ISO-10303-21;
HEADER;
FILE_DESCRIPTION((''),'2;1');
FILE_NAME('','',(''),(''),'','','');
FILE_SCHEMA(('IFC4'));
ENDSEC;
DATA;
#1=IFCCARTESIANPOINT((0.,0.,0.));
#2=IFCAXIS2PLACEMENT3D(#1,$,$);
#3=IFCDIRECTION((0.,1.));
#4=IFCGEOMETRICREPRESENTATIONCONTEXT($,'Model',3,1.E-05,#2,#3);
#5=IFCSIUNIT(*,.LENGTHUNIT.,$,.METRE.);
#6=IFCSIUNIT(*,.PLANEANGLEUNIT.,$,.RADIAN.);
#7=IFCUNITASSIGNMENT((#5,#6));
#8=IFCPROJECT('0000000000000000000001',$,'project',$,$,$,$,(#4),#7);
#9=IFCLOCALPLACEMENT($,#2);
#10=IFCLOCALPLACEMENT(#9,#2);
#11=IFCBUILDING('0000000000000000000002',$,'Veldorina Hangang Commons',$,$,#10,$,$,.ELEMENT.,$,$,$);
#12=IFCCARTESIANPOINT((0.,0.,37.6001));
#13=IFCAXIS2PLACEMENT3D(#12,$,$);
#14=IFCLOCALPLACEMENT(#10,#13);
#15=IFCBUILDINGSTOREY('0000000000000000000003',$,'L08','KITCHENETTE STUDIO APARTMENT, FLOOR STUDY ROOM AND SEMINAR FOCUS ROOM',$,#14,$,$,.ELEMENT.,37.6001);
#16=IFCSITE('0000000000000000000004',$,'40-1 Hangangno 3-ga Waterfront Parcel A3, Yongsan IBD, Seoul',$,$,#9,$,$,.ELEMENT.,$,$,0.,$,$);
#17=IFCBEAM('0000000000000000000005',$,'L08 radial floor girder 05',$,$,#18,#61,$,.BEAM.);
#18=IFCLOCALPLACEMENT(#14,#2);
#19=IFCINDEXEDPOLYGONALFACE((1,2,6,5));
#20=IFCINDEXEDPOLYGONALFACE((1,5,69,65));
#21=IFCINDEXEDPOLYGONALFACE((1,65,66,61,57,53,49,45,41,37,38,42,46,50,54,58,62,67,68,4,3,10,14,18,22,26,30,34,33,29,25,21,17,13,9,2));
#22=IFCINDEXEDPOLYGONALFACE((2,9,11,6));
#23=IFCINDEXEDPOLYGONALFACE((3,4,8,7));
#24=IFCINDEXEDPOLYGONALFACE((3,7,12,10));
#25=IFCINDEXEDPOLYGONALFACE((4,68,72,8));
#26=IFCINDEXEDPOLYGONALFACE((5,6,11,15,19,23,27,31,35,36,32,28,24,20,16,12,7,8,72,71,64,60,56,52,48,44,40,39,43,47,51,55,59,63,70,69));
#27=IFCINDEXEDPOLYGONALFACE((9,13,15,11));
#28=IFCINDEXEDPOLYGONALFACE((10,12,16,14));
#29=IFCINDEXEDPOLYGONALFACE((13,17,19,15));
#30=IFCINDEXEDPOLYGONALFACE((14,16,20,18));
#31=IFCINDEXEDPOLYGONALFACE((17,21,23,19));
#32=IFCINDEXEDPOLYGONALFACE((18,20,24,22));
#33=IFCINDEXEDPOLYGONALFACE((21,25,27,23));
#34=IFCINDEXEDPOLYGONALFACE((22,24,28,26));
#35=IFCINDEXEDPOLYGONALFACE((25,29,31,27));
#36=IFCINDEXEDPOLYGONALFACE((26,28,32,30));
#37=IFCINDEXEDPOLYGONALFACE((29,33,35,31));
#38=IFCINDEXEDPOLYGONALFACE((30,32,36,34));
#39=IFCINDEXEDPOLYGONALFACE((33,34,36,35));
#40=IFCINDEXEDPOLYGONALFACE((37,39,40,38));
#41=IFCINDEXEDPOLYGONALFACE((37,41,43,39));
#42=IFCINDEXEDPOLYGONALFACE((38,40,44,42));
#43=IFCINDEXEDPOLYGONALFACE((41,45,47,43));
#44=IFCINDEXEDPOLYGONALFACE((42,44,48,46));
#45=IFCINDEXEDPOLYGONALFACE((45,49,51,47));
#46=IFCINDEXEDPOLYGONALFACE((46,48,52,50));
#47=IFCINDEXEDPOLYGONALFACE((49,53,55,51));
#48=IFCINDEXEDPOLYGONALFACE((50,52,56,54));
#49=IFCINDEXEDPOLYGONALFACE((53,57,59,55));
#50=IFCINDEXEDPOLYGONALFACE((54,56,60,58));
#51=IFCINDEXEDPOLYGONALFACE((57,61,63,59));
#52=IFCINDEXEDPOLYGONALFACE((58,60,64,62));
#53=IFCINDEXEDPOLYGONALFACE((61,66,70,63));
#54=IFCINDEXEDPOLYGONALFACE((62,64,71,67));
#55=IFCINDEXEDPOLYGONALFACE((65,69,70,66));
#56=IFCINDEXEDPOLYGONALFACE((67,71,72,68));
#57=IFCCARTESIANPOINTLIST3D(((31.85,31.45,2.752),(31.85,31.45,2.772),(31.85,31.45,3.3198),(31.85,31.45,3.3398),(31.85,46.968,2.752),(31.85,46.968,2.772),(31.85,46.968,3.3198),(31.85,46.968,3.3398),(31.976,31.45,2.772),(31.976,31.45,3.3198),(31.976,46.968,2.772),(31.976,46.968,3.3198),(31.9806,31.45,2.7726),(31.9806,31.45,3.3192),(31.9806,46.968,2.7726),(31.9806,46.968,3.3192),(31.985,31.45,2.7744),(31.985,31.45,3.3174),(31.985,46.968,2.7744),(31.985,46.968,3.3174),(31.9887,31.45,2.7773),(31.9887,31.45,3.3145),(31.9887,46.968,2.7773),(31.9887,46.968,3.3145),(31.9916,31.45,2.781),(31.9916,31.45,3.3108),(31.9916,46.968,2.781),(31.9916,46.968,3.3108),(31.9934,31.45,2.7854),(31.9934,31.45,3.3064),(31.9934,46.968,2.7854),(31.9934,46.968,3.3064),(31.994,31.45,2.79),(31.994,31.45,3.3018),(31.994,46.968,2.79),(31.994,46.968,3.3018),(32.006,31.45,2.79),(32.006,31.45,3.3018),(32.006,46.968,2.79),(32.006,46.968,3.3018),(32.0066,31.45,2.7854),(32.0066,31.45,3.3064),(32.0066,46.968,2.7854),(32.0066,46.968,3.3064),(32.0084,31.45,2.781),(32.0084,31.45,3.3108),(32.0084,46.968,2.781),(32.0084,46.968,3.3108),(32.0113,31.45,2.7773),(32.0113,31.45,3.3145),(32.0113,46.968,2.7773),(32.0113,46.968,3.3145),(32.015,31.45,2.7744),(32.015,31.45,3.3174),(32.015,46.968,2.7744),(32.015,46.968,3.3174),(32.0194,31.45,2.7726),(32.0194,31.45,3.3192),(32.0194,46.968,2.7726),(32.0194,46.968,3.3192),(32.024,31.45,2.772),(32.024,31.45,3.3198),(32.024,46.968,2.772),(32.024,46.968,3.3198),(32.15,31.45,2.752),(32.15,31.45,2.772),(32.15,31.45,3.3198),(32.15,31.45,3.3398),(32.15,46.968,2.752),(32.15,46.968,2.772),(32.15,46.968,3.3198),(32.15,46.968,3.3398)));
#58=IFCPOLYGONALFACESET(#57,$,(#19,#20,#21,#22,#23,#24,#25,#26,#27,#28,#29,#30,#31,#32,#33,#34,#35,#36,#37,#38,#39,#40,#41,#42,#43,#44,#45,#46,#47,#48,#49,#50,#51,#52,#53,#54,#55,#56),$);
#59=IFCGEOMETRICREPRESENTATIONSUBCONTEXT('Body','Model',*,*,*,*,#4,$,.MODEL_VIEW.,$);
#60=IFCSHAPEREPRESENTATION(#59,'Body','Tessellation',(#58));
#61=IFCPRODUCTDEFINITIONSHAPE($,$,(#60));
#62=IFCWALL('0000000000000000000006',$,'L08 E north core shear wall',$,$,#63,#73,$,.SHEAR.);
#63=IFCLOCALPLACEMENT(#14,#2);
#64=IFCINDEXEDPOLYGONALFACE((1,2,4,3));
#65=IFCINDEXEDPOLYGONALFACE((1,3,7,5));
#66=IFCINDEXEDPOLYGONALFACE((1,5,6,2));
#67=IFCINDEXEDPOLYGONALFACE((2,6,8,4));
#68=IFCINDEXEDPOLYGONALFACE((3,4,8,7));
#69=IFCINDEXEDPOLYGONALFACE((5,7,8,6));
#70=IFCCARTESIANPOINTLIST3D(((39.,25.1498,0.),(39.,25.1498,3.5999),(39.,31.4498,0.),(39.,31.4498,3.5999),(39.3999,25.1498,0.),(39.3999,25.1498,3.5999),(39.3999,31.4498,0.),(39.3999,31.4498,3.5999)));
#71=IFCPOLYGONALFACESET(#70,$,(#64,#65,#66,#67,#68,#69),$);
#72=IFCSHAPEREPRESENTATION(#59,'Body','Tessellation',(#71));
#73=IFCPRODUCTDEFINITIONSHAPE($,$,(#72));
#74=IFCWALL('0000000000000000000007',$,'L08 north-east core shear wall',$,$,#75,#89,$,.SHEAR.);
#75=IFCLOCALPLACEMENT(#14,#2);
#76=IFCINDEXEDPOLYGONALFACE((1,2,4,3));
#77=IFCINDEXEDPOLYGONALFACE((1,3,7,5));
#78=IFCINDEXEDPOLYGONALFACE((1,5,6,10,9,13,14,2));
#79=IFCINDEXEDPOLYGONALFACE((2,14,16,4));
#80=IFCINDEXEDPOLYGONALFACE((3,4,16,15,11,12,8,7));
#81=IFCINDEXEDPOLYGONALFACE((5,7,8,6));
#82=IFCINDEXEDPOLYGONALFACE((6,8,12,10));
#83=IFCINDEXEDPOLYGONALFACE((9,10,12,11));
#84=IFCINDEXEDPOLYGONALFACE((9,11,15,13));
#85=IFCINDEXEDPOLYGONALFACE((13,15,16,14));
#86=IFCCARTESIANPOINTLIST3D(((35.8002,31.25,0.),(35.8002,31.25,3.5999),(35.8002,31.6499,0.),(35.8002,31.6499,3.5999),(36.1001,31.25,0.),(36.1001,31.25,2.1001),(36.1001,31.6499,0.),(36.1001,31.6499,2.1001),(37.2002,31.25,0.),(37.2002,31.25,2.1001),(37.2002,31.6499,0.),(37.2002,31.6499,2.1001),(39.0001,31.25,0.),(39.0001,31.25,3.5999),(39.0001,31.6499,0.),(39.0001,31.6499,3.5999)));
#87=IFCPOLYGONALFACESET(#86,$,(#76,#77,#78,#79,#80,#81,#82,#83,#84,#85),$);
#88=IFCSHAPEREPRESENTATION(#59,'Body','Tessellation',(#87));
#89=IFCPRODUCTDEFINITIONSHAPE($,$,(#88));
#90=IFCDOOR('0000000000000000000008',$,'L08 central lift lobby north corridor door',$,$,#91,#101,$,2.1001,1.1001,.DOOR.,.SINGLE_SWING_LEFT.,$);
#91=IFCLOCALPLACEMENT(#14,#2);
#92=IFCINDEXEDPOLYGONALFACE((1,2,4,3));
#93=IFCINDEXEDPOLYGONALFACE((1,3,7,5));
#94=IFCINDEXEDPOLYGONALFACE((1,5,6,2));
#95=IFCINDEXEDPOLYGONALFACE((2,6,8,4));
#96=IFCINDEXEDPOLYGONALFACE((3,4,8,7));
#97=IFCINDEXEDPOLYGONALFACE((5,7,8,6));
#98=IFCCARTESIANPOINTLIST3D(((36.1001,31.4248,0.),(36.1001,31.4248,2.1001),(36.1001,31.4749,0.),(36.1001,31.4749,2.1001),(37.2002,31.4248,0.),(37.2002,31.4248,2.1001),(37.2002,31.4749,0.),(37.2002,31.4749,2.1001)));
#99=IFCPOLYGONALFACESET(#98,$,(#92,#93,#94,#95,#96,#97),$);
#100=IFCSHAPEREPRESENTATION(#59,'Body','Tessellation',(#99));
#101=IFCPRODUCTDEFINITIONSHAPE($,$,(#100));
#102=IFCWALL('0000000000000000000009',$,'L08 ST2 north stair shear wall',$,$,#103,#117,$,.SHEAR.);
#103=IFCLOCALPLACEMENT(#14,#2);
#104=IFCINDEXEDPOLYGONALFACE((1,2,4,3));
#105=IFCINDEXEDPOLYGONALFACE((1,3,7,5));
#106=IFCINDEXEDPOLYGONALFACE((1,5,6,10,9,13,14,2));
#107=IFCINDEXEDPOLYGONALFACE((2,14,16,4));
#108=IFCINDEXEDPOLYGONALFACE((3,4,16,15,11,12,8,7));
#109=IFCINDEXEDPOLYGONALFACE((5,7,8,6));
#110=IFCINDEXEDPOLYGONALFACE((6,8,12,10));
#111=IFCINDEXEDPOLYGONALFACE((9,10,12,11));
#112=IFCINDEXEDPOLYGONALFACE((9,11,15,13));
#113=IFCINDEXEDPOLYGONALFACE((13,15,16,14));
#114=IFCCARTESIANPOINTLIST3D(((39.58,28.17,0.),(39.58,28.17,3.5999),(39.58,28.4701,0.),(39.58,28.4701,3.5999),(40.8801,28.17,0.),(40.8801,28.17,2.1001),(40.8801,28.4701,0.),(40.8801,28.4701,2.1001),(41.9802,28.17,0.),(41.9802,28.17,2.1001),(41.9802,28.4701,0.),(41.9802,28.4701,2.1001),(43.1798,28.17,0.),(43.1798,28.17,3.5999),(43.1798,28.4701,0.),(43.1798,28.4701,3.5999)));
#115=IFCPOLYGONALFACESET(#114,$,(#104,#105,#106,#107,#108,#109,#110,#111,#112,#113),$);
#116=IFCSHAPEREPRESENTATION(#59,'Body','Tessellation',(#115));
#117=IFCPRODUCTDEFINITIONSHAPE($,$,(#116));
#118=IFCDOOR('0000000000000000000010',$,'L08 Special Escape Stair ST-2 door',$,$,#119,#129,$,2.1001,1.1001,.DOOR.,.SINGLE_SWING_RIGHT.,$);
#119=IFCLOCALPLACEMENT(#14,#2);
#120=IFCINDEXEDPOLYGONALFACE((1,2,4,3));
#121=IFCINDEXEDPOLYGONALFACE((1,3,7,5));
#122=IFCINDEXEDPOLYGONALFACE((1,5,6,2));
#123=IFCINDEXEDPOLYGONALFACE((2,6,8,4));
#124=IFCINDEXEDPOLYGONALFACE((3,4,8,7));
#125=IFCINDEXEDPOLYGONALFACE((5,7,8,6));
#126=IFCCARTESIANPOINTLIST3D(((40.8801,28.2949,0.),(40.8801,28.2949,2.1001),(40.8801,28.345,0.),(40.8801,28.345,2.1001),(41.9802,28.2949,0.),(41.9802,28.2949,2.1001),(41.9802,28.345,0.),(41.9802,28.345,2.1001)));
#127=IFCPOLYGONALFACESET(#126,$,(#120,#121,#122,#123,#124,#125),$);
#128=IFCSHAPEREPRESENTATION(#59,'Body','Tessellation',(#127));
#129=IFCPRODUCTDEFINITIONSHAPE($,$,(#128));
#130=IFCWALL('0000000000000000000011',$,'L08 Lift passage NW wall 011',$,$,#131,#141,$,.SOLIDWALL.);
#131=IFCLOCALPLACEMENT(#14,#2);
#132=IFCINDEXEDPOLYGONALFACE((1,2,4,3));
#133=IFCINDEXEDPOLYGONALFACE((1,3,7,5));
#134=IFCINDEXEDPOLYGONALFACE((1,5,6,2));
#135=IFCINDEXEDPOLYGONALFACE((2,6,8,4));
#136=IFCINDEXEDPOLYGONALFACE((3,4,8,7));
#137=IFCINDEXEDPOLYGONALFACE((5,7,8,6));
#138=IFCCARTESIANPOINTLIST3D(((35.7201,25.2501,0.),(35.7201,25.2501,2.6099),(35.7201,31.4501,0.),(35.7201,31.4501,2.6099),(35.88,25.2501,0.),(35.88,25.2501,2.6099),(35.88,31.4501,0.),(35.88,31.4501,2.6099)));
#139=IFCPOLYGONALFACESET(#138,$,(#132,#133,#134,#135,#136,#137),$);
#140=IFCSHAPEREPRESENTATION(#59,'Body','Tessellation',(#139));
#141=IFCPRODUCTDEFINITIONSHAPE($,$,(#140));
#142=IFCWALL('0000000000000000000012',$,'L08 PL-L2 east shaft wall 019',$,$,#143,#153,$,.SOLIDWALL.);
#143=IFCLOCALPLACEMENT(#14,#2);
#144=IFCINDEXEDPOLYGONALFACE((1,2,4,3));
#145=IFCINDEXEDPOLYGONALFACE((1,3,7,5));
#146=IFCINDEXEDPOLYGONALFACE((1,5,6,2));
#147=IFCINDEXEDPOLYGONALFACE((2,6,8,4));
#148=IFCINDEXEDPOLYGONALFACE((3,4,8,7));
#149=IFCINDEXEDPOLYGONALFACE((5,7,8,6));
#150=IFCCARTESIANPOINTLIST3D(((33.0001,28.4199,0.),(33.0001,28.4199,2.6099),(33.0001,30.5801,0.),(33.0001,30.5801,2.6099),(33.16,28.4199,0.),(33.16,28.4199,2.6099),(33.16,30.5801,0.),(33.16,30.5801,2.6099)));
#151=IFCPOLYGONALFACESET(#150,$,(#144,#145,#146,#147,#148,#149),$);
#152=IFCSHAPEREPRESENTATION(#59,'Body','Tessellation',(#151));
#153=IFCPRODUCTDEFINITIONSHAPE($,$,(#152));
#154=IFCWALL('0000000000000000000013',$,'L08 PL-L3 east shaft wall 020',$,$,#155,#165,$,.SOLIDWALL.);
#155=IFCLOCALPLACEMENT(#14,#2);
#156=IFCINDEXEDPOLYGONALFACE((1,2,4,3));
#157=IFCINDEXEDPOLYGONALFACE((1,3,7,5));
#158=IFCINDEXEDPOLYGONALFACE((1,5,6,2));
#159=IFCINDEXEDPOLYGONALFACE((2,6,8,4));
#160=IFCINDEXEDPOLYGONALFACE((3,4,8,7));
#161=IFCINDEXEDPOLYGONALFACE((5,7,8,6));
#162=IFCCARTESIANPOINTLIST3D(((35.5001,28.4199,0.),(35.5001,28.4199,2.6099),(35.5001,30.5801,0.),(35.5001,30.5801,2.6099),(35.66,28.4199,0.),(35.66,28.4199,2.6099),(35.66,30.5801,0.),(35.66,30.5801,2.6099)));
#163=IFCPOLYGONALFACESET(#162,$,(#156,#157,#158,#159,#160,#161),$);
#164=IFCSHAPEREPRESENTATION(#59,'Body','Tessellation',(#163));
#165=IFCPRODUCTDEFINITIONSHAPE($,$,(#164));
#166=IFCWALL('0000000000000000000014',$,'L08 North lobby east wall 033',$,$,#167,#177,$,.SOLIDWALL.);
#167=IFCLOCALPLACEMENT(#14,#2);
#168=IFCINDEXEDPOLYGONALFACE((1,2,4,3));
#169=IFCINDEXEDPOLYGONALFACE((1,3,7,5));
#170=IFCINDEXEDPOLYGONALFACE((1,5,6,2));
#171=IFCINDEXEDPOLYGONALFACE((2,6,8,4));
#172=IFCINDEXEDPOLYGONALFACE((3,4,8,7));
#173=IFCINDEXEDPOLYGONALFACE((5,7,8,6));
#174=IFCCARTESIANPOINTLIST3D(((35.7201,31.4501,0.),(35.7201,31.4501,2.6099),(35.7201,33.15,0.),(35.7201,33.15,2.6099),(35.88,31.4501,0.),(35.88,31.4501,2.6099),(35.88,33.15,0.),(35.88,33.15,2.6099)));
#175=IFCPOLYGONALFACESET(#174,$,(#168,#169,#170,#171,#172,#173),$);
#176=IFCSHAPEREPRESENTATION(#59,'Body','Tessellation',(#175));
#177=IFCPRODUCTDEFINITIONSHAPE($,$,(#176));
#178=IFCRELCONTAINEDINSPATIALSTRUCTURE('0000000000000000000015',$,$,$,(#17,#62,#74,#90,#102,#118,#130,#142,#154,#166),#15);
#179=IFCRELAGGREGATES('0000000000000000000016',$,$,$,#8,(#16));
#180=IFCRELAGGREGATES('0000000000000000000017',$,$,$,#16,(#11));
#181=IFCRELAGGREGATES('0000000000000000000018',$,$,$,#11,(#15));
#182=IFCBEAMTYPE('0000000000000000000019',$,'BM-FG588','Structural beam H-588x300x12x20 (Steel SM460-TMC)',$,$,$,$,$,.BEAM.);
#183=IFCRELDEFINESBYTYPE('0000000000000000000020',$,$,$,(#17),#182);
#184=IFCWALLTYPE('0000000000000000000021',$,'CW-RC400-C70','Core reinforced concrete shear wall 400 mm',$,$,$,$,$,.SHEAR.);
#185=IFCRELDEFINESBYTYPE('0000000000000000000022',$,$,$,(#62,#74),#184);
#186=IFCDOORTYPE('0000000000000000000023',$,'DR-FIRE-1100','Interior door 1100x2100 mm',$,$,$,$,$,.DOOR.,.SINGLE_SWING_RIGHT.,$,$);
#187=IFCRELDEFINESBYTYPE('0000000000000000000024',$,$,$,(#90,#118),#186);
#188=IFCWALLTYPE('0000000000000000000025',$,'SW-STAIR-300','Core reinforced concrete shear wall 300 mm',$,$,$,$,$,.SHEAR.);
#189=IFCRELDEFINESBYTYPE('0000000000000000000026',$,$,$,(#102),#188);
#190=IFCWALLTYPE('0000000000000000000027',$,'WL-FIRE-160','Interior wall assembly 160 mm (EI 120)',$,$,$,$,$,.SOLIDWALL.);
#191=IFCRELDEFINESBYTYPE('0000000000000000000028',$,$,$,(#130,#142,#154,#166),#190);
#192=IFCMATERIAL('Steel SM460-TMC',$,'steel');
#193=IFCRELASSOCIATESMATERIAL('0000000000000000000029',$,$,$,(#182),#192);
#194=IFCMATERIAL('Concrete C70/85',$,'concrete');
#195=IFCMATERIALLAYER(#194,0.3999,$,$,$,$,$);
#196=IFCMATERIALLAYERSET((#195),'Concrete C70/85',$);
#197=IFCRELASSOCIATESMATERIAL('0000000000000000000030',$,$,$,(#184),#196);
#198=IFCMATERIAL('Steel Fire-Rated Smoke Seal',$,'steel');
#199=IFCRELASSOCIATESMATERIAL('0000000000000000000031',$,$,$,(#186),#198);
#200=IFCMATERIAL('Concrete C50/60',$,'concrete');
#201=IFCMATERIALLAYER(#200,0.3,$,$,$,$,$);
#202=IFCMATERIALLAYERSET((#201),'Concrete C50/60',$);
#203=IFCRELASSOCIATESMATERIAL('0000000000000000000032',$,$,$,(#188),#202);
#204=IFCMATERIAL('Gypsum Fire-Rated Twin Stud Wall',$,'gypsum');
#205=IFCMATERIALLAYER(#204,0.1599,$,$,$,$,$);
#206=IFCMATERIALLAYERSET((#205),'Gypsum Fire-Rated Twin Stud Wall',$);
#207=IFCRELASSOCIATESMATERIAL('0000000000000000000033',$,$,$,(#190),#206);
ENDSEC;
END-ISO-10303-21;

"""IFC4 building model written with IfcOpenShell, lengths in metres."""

from ifc_helpers import new_model, si_unit, direction, frame, frame_2d, origin, origin_2d, place, context, subcontext, project, spatial, rectangle, i_section, extrude, material, layer, layer_set, material_profile, profile_set, type_object, element, fill, save


model = new_model("IFC4")

# Units and contexts
model_context = context("Model", 3, precision=1e-05, world=origin(), true_north=direction((0.0, 1.0)))
body_context = subcontext(model_context, "Body", "Model", "MODEL_VIEW")
ifc_project = project(units=[si_unit("LENGTHUNIT", "METRE"), si_unit("PLANEANGLEUNIT", "RADIAN")], contexts=[model_context])

# Site, building, storey
site_placement = place(None, origin())
site = spatial("IfcSite", under=ifc_project, at=site_placement, Name="40-1 Hangangno 3-ga Waterfront Parcel A3, Yongsan IBD, Seoul", CompositionType="ELEMENT", RefElevation=0.0)
building_placement = place(site_placement, origin())
building = spatial("IfcBuilding", under=site, at=building_placement, Name="Veldorina Hangang Commons", CompositionType="ELEMENT")
storey_placement = place(building_placement, frame((0.0, 0.0, 37.6001)))
storey = spatial("IfcBuildingStorey", under=building, at=storey_placement, Name="L08", Description="KITCHENETTE STUDIO APARTMENT, FLOOR STUDY ROOM AND SEMINAR FOCUS ROOM", CompositionType="ELEMENT", Elevation=37.6001)

# Beam
ifc_material_1 = material(Name="Steel SM460-TMC", Category="steel")
ifc_material_profile = material_profile(ifc_material_1, i_section(OverallWidth=0.3, OverallDepth=0.5879, WebThickness=0.012, FlangeThickness=0.02, FilletRadius=0.0181, at=origin_2d()), Name="H-588x300x12x20")
ifc_profile_set = profile_set([ifc_material_profile], Name="Steel SM460-TMC")
beam_type = type_object("IfcBeamType", Name="BM-FG588", Description="Structural beam H-588x300x12x20 (Steel SM460-TMC)", PredefinedType="BEAM", material=ifc_profile_set)
beam_1_placement = place(storey_placement, frame((32.0, 31.45, 3.0459), z_axis=(0.0, 1.0, 0.0), x_axis=(-1.0, 0.0, 0.0)))
element("IfcBeam", 1, at=beam_1_placement, inside=storey, type_object=beam_type, Name="L08 radial floor girder 05", PredefinedType="BEAM", context=body_context, shape_type="SweptSolid", body=[
    extrude(i_section(OverallWidth=0.3, OverallDepth=0.5879, WebThickness=0.012, FlangeThickness=0.02, FilletRadius=0.0181, at=origin_2d()), origin(), (0.0, 0.0, 1.0), 15.5181),
])

# Wall
ifc_material_2 = material(Name="Concrete C70/85", Category="concrete")
ifc_layer_1 = layer(ifc_material_2, 0.3999)
ifc_layer_set_1 = layer_set([ifc_layer_1], Name="Concrete C70/85")
wall_type_1 = type_object("IfcWallType", Name="CW-RC400-C70", Description="Core reinforced concrete shear wall 400 mm", PredefinedType="SHEAR", material=ifc_layer_set_1)
wall_1_placement = place(storey_placement, frame((39.2, 25.1499, 0.0), z_axis=(0.0, 0.0, 1.0), x_axis=(0.0, 1.0, 0.0)))
element("IfcWall", 2, at=wall_1_placement, inside=storey, type_object=wall_type_1, Name="L08 E north core shear wall", PredefinedType="SHEAR", context=body_context, shape_type="SweptSolid", body=[
    extrude(rectangle(XDim=6.3, YDim=0.3999, at=frame_2d((3.1499, 0.0))), origin(), (0.0, 0.0, 1.0), 3.5999),
])

# Walls, openings, doors
wall_2_placement = place(storey_placement, frame((35.8, 31.45, 0.0), z_axis=(0.0, 0.0, 1.0), x_axis=(1.0, 0.0, 0.0)))
wall_2 = element("IfcWall", 3, at=wall_2_placement, inside=storey, type_object=wall_type_1, Name="L08 north-east core shear wall", PredefinedType="SHEAR", context=body_context, shape_type="SweptSolid", body=[
    extrude(rectangle(XDim=3.2, YDim=0.3999, at=frame_2d((1.6001, 0.0))), origin(), (0.0, 0.0, 1.0), 3.5999),
])
opening_1_placement = place(wall_2_placement, frame((0.3, 0.0, 0.0)))
opening_1 = element("IfcOpeningElement", 4, at=opening_1_placement, cuts=wall_2, PredefinedType="OPENING", context=body_context, shape_type="SweptSolid", body=[
    extrude(rectangle(XDim=1.1001, YDim=2.1001, at=frame_2d((0.55, 1.05))), frame((0.0, 0.21, 0.0), z_axis=(0.0, -1.0, 0.0), x_axis=(1.0, 0.0, 0.0)), (0.0, 0.0, 1.0), 0.4199),
])
ifc_material_3 = material(Name="Steel Fire-Rated Smoke Seal", Category="steel")
door_type_1 = type_object("IfcDoorType", Name="DR-FIRE-1100", Description="Interior door 1100x2100 mm", OperationType="SINGLE_SWING_RIGHT", PredefinedType="DOOR", material=ifc_material_3)
door_1_placement = place(opening_1_placement, origin())
door_1 = element("IfcDoor", 5, at=door_1_placement, inside=storey, type_object=door_type_1, Name="L08 central lift lobby north corridor door", OperationType="SINGLE_SWING_LEFT", OverallHeight=2.1001, OverallWidth=1.1001, PredefinedType="DOOR", context=body_context, shape_type="SweptSolid", body=[
    extrude(rectangle(XDim=1.1001, YDim=2.1001, at=frame_2d((0.55, 1.05))), frame((0.0, 0.0249, 0.0), z_axis=(0.0, -1.0, 0.0), x_axis=(1.0, 0.0, 0.0)), (0.0, 0.0, 1.0), 0.05),
])
fill(opening_1, door_1)
ifc_material_4 = material(Name="Concrete C50/60", Category="concrete")
ifc_layer_2 = layer(ifc_material_4, 0.3)
ifc_layer_set_2 = layer_set([ifc_layer_2], Name="Concrete C50/60")
wall_type_2 = type_object("IfcWallType", Name="SW-STAIR-300", Description="Core reinforced concrete shear wall 300 mm", PredefinedType="SHEAR", material=ifc_layer_set_2)
wall_3_placement = place(storey_placement, frame((39.5801, 28.3201, 0.0), z_axis=(0.0, 0.0, 1.0), x_axis=(1.0, 0.0, 0.0)))
wall_3 = element("IfcWall", 6, at=wall_3_placement, inside=storey, type_object=wall_type_2, Name="L08 ST2 north stair shear wall", PredefinedType="SHEAR", context=body_context, shape_type="SweptSolid", body=[
    extrude(rectangle(XDim=3.5999, YDim=0.3, at=frame_2d((1.7998, 0.0))), origin(), (0.0, 0.0, 1.0), 3.5999),
])
opening_2_placement = place(wall_3_placement, frame((1.3, 0.0, 0.0)))
opening_2 = element("IfcOpeningElement", 7, at=opening_2_placement, cuts=wall_3, PredefinedType="OPENING", context=body_context, shape_type="SweptSolid", body=[
    extrude(rectangle(XDim=1.1001, YDim=2.1001, at=frame_2d((0.55, 1.05))), frame((0.0, 0.1602, 0.0), z_axis=(0.0, -1.0, 0.0), x_axis=(1.0, 0.0, 0.0)), (0.0, 0.0, 1.0), 0.3201),
])
door_2_placement = place(opening_2_placement, origin())
door_2 = element("IfcDoor", 8, at=door_2_placement, inside=storey, type_object=door_type_1, Name="L08 Special Escape Stair ST-2 door", OperationType="SINGLE_SWING_RIGHT", OverallHeight=2.1001, OverallWidth=1.1001, PredefinedType="DOOR", context=body_context, shape_type="SweptSolid", body=[
    extrude(rectangle(XDim=1.1001, YDim=2.1001, at=frame_2d((0.55, 1.05))), frame((0.0, 0.0249, 0.0), z_axis=(0.0, -1.0, 0.0), x_axis=(1.0, 0.0, 0.0)), (0.0, 0.0, 1.0), 0.05),
])
fill(opening_2, door_2)

# Walls
ifc_material_5 = material(Name="Gypsum Fire-Rated Twin Stud Wall", Category="gypsum")
ifc_layer_3 = layer(ifc_material_5, 0.1599)
ifc_layer_set_3 = layer_set([ifc_layer_3], Name="Gypsum Fire-Rated Twin Stud Wall")
wall_type_3 = type_object("IfcWallType", Name="WL-FIRE-160", Description="Interior wall assembly 160 mm (EI 120)", PredefinedType="SOLIDWALL", material=ifc_layer_set_3)
wall_4_placement = place(storey_placement, frame((35.8, 25.25, 0.0), z_axis=(0.0, 0.0, 1.0), x_axis=(0.0, 1.0, 0.0)))
element("IfcWall", 9, at=wall_4_placement, inside=storey, type_object=wall_type_3, Name="L08 Lift passage NW wall 011", PredefinedType="SOLIDWALL", context=body_context, shape_type="SweptSolid", body=[
    extrude(rectangle(XDim=6.2, YDim=0.1599, at=frame_2d((3.1001, 0.0))), origin(), (0.0, 0.0, 1.0), 2.6099),
])
for number, where, z_axis, x_axis, name in (
    (10, (33.0801, 28.4199, 0.0), (0.0, 0.0, 1.0), (0.0, 1.0, 0.0), "L08 PL-L2 east shaft wall 019"),
    (11, (35.5801, 28.4199, 0.0), (0.0, 0.0, 1.0), (0.0, 1.0, 0.0), "L08 PL-L3 east shaft wall 020"),
):
    element("IfcWall", number, at=place(storey_placement, frame(where, z_axis=z_axis, x_axis=x_axis)), inside=storey, type_object=wall_type_3, Name=name, PredefinedType="SOLIDWALL", context=body_context, shape_type="SweptSolid", body=[
        extrude(rectangle(XDim=2.1602, YDim=0.1599, at=frame_2d((1.0801, 0.0))), origin(), (0.0, 0.0, 1.0), 2.6099),
    ])
wall_5_placement = place(storey_placement, frame((35.8, 31.45, 0.0), z_axis=(0.0, 0.0, 1.0), x_axis=(0.0, 1.0, 0.0)))
element("IfcWall", 12, at=wall_5_placement, inside=storey, type_object=wall_type_3, Name="L08 North lobby east wall 033", PredefinedType="SOLIDWALL", context=body_context, shape_type="SweptSolid", body=[
    extrude(rectangle(XDim=1.7, YDim=0.1599, at=frame_2d((0.8501, 0.0))), origin(), (0.0, 0.0, 1.0), 2.6099),
])

save(model, "model.ifc")
